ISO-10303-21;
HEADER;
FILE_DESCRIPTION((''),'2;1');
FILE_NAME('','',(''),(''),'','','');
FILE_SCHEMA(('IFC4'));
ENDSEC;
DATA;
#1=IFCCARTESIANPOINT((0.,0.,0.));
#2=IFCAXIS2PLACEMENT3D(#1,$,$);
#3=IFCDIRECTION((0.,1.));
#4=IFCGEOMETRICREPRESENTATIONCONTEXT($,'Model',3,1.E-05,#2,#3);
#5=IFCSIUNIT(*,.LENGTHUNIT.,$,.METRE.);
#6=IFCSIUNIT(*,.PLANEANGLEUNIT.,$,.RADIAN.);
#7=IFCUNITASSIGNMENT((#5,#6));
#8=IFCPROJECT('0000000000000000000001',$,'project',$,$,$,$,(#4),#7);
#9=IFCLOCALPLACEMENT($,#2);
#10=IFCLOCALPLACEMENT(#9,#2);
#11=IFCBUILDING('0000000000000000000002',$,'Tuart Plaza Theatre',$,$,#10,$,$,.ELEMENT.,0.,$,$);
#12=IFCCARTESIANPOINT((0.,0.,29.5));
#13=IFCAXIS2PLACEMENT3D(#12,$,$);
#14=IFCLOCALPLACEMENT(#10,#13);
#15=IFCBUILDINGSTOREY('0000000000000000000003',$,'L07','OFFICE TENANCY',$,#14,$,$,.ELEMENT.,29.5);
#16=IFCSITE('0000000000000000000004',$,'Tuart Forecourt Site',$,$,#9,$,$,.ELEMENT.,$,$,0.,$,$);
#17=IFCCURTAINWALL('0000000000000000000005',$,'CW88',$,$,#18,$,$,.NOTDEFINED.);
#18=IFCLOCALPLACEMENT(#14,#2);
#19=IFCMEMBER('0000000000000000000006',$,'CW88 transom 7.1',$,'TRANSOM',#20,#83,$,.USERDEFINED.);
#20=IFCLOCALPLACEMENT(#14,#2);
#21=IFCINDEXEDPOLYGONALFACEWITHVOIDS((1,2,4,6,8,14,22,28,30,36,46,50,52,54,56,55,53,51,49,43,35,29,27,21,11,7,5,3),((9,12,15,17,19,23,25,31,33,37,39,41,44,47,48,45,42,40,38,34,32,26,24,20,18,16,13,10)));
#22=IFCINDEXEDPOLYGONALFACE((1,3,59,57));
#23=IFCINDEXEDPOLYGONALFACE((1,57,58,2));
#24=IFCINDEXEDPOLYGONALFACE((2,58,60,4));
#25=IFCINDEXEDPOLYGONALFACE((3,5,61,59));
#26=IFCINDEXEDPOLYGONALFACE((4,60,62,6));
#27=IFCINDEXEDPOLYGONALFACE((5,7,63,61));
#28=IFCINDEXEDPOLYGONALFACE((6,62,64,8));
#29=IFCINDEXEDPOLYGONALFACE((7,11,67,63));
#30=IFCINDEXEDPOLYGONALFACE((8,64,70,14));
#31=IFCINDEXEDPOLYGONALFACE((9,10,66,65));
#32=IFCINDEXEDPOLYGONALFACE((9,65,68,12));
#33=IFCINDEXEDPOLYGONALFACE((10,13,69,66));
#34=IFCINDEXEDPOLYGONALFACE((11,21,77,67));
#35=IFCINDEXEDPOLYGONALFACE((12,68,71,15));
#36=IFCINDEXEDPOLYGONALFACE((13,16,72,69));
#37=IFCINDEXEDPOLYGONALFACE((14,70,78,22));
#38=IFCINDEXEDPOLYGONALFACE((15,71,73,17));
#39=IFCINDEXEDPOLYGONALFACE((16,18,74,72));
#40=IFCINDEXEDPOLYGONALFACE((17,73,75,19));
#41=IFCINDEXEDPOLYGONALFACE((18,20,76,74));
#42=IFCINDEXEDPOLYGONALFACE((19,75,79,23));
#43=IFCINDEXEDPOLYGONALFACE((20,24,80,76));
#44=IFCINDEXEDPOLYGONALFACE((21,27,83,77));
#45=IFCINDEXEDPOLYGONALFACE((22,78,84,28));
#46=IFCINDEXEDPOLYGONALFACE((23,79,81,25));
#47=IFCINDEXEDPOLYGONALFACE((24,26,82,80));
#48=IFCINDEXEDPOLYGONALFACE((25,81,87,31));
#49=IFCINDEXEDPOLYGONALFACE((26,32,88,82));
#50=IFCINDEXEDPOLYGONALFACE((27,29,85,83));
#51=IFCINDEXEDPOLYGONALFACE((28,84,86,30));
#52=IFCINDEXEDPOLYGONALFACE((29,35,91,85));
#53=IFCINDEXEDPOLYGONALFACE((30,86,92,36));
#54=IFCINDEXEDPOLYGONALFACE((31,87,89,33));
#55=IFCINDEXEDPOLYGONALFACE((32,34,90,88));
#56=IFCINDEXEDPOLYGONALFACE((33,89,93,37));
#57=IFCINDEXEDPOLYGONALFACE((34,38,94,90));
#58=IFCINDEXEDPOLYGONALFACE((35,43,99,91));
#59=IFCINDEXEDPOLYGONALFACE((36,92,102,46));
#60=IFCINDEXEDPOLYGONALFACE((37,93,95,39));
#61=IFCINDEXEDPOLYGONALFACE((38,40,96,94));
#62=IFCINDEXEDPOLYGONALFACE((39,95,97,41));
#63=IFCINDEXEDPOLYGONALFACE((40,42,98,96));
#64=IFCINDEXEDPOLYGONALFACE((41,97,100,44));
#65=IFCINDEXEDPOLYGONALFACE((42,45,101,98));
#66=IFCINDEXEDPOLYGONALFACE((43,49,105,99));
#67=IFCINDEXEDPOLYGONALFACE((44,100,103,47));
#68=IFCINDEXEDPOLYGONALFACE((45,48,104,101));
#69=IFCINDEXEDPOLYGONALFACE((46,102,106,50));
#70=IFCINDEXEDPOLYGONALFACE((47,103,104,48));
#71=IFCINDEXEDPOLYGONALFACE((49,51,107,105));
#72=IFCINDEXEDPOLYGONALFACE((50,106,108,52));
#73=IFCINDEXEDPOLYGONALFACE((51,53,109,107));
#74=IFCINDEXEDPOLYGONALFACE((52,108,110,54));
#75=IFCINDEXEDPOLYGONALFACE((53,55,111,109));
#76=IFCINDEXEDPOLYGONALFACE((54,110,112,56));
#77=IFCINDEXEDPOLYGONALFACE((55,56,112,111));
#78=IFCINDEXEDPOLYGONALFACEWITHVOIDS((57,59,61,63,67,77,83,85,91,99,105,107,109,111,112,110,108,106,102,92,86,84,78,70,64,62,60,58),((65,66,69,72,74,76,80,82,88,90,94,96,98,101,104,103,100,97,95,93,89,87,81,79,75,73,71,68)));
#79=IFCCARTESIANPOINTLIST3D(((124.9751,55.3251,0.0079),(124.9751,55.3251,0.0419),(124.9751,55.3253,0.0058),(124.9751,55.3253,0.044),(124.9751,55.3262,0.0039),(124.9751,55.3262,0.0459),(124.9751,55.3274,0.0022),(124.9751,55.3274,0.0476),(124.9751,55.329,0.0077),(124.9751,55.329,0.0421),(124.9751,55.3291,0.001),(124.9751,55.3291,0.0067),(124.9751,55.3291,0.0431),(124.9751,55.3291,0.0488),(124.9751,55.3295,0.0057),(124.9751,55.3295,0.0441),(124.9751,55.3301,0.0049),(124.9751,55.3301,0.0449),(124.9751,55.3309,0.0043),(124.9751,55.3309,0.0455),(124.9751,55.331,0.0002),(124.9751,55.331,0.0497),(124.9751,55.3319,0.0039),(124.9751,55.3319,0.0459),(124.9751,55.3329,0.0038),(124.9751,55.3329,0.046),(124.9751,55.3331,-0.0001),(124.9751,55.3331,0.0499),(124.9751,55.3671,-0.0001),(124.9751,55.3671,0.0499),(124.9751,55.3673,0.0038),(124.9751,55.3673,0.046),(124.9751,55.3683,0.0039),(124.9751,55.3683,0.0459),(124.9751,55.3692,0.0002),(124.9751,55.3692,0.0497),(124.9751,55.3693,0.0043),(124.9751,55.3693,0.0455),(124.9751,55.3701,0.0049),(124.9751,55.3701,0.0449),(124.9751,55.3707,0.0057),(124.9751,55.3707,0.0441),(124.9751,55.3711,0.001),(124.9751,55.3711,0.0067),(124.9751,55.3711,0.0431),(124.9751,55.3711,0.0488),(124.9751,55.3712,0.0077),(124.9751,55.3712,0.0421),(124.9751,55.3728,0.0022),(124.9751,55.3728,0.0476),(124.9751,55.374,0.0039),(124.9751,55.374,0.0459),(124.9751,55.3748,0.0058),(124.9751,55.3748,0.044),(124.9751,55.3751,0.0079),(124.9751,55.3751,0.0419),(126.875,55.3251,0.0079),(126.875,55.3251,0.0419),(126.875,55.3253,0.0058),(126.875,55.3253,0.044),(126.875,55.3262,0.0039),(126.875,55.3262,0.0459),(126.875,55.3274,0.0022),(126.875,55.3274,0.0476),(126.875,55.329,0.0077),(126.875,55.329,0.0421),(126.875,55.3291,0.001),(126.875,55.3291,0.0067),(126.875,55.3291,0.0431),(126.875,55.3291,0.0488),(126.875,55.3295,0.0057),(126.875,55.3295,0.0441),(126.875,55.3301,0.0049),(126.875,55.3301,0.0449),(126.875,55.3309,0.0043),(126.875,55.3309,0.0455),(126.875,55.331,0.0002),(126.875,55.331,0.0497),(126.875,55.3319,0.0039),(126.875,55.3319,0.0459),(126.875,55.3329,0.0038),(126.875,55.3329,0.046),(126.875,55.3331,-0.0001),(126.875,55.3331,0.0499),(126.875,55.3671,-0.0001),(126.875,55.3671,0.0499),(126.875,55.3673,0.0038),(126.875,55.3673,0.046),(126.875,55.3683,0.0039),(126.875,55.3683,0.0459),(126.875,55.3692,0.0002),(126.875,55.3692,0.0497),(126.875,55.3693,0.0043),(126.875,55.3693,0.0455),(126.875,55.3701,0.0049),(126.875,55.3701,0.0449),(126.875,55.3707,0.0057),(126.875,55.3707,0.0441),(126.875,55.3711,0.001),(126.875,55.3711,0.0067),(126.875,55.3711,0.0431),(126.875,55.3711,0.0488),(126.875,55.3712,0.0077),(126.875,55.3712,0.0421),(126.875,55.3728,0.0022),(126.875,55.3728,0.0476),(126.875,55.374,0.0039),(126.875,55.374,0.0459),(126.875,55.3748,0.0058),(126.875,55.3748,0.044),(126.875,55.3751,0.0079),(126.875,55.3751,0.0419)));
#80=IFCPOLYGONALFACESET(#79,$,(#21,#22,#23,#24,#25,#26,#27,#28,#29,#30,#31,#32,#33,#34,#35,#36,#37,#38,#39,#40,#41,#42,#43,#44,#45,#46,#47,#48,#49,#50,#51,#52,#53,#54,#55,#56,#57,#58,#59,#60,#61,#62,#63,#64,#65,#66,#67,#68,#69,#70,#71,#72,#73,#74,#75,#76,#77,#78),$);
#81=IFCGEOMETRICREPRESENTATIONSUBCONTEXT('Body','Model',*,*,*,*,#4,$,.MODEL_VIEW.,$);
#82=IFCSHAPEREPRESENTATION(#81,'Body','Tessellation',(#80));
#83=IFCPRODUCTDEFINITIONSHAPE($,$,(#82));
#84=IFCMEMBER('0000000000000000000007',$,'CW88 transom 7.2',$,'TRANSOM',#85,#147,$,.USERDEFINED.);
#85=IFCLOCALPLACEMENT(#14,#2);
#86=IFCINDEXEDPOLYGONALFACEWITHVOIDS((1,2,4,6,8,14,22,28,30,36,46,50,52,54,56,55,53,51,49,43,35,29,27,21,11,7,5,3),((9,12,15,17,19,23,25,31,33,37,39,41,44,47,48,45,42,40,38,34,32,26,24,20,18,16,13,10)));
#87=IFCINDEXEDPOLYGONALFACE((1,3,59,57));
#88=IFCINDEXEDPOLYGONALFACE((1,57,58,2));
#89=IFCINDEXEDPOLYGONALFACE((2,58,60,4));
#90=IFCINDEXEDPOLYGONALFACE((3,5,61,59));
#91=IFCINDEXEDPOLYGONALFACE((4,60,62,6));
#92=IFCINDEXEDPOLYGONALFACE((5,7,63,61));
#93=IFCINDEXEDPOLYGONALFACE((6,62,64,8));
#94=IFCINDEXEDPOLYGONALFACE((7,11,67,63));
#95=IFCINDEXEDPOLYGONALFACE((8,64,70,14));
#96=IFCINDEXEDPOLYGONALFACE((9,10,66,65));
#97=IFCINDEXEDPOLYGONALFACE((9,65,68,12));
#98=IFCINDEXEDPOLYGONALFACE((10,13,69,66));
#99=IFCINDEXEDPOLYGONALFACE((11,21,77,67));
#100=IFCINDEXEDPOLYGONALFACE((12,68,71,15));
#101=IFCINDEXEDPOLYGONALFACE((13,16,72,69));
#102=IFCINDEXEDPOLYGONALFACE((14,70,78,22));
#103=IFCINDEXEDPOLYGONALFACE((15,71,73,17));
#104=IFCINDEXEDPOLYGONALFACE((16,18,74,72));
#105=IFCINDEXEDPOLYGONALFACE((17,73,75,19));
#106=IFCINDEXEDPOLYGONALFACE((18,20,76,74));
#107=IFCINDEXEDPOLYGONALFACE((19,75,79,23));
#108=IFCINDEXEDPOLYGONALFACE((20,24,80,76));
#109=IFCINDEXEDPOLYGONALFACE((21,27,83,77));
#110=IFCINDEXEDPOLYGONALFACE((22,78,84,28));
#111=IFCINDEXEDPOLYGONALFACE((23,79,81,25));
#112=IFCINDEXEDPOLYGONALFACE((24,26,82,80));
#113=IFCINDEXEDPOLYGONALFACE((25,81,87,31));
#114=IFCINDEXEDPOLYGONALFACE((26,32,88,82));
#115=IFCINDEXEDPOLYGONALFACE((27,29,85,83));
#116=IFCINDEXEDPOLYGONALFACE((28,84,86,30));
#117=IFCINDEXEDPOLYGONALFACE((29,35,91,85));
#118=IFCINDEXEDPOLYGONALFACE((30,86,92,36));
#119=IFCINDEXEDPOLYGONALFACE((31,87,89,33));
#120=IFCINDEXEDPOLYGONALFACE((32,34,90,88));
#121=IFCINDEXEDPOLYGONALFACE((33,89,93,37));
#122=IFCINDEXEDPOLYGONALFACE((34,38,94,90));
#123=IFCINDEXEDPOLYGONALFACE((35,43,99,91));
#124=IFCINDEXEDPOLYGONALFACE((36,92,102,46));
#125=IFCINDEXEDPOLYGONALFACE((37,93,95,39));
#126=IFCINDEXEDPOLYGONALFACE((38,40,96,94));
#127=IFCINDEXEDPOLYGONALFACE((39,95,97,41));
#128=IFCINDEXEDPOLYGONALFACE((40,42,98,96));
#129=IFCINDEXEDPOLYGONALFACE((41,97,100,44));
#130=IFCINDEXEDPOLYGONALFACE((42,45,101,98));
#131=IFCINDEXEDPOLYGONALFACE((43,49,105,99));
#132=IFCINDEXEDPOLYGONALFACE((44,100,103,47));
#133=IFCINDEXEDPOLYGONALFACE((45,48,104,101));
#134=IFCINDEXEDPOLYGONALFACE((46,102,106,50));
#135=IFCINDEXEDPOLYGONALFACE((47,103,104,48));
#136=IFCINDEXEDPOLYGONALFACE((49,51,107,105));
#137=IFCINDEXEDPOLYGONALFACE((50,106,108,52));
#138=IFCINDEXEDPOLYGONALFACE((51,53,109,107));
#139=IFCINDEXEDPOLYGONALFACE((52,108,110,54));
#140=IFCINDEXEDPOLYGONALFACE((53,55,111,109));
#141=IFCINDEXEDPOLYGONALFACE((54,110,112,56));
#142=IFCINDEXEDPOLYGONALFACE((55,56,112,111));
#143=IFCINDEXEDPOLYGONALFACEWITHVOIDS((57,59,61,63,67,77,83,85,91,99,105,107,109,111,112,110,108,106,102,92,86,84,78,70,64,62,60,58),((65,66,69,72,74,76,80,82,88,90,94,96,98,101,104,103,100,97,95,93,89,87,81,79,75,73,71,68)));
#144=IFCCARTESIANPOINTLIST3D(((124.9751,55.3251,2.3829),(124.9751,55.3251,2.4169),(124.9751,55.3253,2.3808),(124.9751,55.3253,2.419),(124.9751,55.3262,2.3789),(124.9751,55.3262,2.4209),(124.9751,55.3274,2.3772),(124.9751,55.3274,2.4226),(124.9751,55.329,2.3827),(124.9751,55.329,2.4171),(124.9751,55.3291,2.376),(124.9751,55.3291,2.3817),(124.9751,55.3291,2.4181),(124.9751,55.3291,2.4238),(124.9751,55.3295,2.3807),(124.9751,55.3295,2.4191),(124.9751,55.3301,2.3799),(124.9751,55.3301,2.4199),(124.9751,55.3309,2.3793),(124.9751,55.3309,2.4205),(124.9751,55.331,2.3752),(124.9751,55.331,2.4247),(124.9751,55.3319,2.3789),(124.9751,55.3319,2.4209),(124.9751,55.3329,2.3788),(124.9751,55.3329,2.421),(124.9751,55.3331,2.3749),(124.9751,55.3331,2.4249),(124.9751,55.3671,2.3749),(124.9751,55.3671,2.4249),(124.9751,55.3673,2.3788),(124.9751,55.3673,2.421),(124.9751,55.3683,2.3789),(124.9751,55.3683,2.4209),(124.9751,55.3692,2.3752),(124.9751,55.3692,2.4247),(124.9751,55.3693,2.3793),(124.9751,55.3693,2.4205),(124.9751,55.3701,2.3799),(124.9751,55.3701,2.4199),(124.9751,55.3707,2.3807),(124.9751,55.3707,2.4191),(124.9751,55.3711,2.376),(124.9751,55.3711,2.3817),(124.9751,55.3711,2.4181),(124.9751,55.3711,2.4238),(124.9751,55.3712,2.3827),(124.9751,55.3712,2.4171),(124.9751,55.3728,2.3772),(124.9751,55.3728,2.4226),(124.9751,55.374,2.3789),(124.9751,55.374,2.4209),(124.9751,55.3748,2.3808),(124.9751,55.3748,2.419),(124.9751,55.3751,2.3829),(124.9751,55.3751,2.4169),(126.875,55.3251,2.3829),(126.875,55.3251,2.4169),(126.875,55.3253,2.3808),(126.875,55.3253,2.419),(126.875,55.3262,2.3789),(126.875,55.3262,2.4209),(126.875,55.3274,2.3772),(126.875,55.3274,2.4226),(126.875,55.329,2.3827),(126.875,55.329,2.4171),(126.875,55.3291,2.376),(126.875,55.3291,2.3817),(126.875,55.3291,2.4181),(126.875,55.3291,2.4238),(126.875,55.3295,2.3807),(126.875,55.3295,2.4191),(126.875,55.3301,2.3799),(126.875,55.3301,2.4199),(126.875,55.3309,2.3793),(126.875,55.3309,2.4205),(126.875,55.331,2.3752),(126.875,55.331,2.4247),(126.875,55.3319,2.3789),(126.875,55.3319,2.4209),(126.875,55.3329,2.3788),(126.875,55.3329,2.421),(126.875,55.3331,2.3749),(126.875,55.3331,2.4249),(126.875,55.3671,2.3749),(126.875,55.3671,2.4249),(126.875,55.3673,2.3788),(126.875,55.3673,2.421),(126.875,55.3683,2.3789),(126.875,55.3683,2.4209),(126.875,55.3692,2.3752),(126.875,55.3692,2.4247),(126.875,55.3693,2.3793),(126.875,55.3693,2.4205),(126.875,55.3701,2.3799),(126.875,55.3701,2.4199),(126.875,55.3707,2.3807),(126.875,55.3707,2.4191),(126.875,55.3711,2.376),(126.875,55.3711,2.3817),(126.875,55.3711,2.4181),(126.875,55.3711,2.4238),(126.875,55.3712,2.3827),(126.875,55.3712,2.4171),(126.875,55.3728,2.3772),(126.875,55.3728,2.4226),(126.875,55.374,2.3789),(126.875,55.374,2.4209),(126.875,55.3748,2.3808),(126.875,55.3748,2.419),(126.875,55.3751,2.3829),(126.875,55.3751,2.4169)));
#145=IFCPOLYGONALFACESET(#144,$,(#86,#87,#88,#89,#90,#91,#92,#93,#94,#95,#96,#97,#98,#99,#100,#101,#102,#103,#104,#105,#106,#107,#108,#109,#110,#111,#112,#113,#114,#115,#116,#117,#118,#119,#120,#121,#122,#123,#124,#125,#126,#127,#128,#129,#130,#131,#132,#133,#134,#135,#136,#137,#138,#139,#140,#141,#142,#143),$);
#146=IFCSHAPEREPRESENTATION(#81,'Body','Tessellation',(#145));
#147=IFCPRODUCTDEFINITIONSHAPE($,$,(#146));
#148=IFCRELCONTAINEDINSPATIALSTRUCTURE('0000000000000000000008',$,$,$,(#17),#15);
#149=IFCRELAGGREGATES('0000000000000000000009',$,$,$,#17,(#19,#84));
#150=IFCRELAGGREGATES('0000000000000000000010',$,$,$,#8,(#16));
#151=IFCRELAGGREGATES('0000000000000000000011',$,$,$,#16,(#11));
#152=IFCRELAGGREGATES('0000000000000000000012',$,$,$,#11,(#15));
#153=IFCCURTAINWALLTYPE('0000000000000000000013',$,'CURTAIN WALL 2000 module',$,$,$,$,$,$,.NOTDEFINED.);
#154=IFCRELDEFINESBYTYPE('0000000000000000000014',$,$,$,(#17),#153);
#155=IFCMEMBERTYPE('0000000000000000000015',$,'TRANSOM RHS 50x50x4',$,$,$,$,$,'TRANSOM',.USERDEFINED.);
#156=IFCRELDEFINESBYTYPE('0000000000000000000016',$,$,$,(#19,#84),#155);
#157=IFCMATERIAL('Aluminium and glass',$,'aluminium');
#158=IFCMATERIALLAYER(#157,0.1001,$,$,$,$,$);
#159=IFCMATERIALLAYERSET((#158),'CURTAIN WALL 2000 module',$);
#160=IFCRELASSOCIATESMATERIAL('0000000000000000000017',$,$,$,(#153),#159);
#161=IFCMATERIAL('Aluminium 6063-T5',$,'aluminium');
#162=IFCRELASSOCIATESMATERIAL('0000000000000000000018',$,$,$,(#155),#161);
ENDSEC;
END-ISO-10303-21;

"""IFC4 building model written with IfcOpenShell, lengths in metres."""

from ifc_helpers import new_model, si_unit, direction, frame, origin, origin_2d, place, context, subcontext, project, spatial, hollow_rectangle, extrude, material, layer, layer_set, material_profile, profile_set, type_object, element, aggregate, save


model = new_model("IFC4")

# Units and contexts
model_context = context("Model", 3, precision=1e-05, world=origin(), true_north=direction((0.0, 1.0)))
body_context = subcontext(model_context, "Body", "Model", "MODEL_VIEW")
ifc_project = project(units=[si_unit("LENGTHUNIT", "METRE"), si_unit("PLANEANGLEUNIT", "RADIAN")], contexts=[model_context])

# Site, building, storey
site_placement = place(None, origin())
site = spatial("IfcSite", under=ifc_project, at=site_placement, Name="Tuart Forecourt Site", CompositionType="ELEMENT", RefElevation=0.0)
building_placement = place(site_placement, origin())
building = spatial("IfcBuilding", under=site, at=building_placement, Name="Tuart Plaza Theatre", CompositionType="ELEMENT", ElevationOfRefHeight=0.0)
storey_placement = place(building_placement, frame((0.0, 0.0, 29.5)))
storey = spatial("IfcBuildingStorey", under=building, at=storey_placement, Name="L07", Description="OFFICE TENANCY", CompositionType="ELEMENT", Elevation=29.5)

# Curtain wall, members
ifc_material_1 = material(Name="Aluminium and glass", Category="aluminium")
ifc_layer_1 = layer(ifc_material_1, 0.1001)
ifc_layer_set_1 = layer_set([ifc_layer_1], Name="CURTAIN WALL 2000 module")
curtain_wall_type = type_object("IfcCurtainWallType", Name="CURTAIN WALL 2000 module", PredefinedType="NOTDEFINED", material=ifc_layer_set_1)
curtain_wall_placement = place(storey_placement, origin())
curtain_wall = element("IfcCurtainWall", 1, at=curtain_wall_placement, inside=storey, type_object=curtain_wall_type, Name="CW88", PredefinedType="NOTDEFINED")
ifc_material_2 = material(Name="Aluminium 6063-T5", Category="aluminium")
ifc_material_profile_1 = material_profile(ifc_material_2, hollow_rectangle(XDim=0.05, YDim=0.05, WallThickness=0.0039, InnerFilletRadius=0.0039, OuterFilletRadius=0.0081, at=origin_2d()), Name="RHS 50x50x4")
ifc_profile_set_1 = profile_set([ifc_material_profile_1], Name="Aluminium 6063-T5")
member_type_1 = type_object("IfcMemberType", Name="TRANSOM RHS 50x50x4", ElementType="TRANSOM", PredefinedType="USERDEFINED", material=ifc_profile_set_1)
member_1_placement = place(storey_placement, frame((124.9751, 55.3501, 0.0249), z_axis=(1.0, 0.0, 0.0), x_axis=(0.0, 1.0, 0.0)))
member_1 = element("IfcMember", 2, at=member_1_placement, type_object=member_type_1, Name="CW88 transom 7.1", ObjectType="TRANSOM", PredefinedType="USERDEFINED", context=body_context, shape_type="SweptSolid", body=[
    extrude(hollow_rectangle(XDim=0.05, YDim=0.05, WallThickness=0.0039, InnerFilletRadius=0.0039, OuterFilletRadius=0.0081, at=origin_2d()), origin(), (0.0, 0.0, 1.0), 1.8999),
])
member_2_placement = place(storey_placement, frame((124.9751, 55.3501, 2.3999), z_axis=(1.0, 0.0, 0.0), x_axis=(0.0, 1.0, 0.0)))
member_2 = element("IfcMember", 3, at=member_2_placement, type_object=member_type_1, Name="CW88 transom 7.2", ObjectType="TRANSOM", PredefinedType="USERDEFINED", context=body_context, shape_type="SweptSolid", body=[
    extrude(hollow_rectangle(XDim=0.05, YDim=0.05, WallThickness=0.0039, InnerFilletRadius=0.0039, OuterFilletRadius=0.0081, at=origin_2d()), origin(), (0.0, 0.0, 1.0), 1.8999),
])
aggregate(curtain_wall, [member_1, member_2])

save(model, "model.ifc")
